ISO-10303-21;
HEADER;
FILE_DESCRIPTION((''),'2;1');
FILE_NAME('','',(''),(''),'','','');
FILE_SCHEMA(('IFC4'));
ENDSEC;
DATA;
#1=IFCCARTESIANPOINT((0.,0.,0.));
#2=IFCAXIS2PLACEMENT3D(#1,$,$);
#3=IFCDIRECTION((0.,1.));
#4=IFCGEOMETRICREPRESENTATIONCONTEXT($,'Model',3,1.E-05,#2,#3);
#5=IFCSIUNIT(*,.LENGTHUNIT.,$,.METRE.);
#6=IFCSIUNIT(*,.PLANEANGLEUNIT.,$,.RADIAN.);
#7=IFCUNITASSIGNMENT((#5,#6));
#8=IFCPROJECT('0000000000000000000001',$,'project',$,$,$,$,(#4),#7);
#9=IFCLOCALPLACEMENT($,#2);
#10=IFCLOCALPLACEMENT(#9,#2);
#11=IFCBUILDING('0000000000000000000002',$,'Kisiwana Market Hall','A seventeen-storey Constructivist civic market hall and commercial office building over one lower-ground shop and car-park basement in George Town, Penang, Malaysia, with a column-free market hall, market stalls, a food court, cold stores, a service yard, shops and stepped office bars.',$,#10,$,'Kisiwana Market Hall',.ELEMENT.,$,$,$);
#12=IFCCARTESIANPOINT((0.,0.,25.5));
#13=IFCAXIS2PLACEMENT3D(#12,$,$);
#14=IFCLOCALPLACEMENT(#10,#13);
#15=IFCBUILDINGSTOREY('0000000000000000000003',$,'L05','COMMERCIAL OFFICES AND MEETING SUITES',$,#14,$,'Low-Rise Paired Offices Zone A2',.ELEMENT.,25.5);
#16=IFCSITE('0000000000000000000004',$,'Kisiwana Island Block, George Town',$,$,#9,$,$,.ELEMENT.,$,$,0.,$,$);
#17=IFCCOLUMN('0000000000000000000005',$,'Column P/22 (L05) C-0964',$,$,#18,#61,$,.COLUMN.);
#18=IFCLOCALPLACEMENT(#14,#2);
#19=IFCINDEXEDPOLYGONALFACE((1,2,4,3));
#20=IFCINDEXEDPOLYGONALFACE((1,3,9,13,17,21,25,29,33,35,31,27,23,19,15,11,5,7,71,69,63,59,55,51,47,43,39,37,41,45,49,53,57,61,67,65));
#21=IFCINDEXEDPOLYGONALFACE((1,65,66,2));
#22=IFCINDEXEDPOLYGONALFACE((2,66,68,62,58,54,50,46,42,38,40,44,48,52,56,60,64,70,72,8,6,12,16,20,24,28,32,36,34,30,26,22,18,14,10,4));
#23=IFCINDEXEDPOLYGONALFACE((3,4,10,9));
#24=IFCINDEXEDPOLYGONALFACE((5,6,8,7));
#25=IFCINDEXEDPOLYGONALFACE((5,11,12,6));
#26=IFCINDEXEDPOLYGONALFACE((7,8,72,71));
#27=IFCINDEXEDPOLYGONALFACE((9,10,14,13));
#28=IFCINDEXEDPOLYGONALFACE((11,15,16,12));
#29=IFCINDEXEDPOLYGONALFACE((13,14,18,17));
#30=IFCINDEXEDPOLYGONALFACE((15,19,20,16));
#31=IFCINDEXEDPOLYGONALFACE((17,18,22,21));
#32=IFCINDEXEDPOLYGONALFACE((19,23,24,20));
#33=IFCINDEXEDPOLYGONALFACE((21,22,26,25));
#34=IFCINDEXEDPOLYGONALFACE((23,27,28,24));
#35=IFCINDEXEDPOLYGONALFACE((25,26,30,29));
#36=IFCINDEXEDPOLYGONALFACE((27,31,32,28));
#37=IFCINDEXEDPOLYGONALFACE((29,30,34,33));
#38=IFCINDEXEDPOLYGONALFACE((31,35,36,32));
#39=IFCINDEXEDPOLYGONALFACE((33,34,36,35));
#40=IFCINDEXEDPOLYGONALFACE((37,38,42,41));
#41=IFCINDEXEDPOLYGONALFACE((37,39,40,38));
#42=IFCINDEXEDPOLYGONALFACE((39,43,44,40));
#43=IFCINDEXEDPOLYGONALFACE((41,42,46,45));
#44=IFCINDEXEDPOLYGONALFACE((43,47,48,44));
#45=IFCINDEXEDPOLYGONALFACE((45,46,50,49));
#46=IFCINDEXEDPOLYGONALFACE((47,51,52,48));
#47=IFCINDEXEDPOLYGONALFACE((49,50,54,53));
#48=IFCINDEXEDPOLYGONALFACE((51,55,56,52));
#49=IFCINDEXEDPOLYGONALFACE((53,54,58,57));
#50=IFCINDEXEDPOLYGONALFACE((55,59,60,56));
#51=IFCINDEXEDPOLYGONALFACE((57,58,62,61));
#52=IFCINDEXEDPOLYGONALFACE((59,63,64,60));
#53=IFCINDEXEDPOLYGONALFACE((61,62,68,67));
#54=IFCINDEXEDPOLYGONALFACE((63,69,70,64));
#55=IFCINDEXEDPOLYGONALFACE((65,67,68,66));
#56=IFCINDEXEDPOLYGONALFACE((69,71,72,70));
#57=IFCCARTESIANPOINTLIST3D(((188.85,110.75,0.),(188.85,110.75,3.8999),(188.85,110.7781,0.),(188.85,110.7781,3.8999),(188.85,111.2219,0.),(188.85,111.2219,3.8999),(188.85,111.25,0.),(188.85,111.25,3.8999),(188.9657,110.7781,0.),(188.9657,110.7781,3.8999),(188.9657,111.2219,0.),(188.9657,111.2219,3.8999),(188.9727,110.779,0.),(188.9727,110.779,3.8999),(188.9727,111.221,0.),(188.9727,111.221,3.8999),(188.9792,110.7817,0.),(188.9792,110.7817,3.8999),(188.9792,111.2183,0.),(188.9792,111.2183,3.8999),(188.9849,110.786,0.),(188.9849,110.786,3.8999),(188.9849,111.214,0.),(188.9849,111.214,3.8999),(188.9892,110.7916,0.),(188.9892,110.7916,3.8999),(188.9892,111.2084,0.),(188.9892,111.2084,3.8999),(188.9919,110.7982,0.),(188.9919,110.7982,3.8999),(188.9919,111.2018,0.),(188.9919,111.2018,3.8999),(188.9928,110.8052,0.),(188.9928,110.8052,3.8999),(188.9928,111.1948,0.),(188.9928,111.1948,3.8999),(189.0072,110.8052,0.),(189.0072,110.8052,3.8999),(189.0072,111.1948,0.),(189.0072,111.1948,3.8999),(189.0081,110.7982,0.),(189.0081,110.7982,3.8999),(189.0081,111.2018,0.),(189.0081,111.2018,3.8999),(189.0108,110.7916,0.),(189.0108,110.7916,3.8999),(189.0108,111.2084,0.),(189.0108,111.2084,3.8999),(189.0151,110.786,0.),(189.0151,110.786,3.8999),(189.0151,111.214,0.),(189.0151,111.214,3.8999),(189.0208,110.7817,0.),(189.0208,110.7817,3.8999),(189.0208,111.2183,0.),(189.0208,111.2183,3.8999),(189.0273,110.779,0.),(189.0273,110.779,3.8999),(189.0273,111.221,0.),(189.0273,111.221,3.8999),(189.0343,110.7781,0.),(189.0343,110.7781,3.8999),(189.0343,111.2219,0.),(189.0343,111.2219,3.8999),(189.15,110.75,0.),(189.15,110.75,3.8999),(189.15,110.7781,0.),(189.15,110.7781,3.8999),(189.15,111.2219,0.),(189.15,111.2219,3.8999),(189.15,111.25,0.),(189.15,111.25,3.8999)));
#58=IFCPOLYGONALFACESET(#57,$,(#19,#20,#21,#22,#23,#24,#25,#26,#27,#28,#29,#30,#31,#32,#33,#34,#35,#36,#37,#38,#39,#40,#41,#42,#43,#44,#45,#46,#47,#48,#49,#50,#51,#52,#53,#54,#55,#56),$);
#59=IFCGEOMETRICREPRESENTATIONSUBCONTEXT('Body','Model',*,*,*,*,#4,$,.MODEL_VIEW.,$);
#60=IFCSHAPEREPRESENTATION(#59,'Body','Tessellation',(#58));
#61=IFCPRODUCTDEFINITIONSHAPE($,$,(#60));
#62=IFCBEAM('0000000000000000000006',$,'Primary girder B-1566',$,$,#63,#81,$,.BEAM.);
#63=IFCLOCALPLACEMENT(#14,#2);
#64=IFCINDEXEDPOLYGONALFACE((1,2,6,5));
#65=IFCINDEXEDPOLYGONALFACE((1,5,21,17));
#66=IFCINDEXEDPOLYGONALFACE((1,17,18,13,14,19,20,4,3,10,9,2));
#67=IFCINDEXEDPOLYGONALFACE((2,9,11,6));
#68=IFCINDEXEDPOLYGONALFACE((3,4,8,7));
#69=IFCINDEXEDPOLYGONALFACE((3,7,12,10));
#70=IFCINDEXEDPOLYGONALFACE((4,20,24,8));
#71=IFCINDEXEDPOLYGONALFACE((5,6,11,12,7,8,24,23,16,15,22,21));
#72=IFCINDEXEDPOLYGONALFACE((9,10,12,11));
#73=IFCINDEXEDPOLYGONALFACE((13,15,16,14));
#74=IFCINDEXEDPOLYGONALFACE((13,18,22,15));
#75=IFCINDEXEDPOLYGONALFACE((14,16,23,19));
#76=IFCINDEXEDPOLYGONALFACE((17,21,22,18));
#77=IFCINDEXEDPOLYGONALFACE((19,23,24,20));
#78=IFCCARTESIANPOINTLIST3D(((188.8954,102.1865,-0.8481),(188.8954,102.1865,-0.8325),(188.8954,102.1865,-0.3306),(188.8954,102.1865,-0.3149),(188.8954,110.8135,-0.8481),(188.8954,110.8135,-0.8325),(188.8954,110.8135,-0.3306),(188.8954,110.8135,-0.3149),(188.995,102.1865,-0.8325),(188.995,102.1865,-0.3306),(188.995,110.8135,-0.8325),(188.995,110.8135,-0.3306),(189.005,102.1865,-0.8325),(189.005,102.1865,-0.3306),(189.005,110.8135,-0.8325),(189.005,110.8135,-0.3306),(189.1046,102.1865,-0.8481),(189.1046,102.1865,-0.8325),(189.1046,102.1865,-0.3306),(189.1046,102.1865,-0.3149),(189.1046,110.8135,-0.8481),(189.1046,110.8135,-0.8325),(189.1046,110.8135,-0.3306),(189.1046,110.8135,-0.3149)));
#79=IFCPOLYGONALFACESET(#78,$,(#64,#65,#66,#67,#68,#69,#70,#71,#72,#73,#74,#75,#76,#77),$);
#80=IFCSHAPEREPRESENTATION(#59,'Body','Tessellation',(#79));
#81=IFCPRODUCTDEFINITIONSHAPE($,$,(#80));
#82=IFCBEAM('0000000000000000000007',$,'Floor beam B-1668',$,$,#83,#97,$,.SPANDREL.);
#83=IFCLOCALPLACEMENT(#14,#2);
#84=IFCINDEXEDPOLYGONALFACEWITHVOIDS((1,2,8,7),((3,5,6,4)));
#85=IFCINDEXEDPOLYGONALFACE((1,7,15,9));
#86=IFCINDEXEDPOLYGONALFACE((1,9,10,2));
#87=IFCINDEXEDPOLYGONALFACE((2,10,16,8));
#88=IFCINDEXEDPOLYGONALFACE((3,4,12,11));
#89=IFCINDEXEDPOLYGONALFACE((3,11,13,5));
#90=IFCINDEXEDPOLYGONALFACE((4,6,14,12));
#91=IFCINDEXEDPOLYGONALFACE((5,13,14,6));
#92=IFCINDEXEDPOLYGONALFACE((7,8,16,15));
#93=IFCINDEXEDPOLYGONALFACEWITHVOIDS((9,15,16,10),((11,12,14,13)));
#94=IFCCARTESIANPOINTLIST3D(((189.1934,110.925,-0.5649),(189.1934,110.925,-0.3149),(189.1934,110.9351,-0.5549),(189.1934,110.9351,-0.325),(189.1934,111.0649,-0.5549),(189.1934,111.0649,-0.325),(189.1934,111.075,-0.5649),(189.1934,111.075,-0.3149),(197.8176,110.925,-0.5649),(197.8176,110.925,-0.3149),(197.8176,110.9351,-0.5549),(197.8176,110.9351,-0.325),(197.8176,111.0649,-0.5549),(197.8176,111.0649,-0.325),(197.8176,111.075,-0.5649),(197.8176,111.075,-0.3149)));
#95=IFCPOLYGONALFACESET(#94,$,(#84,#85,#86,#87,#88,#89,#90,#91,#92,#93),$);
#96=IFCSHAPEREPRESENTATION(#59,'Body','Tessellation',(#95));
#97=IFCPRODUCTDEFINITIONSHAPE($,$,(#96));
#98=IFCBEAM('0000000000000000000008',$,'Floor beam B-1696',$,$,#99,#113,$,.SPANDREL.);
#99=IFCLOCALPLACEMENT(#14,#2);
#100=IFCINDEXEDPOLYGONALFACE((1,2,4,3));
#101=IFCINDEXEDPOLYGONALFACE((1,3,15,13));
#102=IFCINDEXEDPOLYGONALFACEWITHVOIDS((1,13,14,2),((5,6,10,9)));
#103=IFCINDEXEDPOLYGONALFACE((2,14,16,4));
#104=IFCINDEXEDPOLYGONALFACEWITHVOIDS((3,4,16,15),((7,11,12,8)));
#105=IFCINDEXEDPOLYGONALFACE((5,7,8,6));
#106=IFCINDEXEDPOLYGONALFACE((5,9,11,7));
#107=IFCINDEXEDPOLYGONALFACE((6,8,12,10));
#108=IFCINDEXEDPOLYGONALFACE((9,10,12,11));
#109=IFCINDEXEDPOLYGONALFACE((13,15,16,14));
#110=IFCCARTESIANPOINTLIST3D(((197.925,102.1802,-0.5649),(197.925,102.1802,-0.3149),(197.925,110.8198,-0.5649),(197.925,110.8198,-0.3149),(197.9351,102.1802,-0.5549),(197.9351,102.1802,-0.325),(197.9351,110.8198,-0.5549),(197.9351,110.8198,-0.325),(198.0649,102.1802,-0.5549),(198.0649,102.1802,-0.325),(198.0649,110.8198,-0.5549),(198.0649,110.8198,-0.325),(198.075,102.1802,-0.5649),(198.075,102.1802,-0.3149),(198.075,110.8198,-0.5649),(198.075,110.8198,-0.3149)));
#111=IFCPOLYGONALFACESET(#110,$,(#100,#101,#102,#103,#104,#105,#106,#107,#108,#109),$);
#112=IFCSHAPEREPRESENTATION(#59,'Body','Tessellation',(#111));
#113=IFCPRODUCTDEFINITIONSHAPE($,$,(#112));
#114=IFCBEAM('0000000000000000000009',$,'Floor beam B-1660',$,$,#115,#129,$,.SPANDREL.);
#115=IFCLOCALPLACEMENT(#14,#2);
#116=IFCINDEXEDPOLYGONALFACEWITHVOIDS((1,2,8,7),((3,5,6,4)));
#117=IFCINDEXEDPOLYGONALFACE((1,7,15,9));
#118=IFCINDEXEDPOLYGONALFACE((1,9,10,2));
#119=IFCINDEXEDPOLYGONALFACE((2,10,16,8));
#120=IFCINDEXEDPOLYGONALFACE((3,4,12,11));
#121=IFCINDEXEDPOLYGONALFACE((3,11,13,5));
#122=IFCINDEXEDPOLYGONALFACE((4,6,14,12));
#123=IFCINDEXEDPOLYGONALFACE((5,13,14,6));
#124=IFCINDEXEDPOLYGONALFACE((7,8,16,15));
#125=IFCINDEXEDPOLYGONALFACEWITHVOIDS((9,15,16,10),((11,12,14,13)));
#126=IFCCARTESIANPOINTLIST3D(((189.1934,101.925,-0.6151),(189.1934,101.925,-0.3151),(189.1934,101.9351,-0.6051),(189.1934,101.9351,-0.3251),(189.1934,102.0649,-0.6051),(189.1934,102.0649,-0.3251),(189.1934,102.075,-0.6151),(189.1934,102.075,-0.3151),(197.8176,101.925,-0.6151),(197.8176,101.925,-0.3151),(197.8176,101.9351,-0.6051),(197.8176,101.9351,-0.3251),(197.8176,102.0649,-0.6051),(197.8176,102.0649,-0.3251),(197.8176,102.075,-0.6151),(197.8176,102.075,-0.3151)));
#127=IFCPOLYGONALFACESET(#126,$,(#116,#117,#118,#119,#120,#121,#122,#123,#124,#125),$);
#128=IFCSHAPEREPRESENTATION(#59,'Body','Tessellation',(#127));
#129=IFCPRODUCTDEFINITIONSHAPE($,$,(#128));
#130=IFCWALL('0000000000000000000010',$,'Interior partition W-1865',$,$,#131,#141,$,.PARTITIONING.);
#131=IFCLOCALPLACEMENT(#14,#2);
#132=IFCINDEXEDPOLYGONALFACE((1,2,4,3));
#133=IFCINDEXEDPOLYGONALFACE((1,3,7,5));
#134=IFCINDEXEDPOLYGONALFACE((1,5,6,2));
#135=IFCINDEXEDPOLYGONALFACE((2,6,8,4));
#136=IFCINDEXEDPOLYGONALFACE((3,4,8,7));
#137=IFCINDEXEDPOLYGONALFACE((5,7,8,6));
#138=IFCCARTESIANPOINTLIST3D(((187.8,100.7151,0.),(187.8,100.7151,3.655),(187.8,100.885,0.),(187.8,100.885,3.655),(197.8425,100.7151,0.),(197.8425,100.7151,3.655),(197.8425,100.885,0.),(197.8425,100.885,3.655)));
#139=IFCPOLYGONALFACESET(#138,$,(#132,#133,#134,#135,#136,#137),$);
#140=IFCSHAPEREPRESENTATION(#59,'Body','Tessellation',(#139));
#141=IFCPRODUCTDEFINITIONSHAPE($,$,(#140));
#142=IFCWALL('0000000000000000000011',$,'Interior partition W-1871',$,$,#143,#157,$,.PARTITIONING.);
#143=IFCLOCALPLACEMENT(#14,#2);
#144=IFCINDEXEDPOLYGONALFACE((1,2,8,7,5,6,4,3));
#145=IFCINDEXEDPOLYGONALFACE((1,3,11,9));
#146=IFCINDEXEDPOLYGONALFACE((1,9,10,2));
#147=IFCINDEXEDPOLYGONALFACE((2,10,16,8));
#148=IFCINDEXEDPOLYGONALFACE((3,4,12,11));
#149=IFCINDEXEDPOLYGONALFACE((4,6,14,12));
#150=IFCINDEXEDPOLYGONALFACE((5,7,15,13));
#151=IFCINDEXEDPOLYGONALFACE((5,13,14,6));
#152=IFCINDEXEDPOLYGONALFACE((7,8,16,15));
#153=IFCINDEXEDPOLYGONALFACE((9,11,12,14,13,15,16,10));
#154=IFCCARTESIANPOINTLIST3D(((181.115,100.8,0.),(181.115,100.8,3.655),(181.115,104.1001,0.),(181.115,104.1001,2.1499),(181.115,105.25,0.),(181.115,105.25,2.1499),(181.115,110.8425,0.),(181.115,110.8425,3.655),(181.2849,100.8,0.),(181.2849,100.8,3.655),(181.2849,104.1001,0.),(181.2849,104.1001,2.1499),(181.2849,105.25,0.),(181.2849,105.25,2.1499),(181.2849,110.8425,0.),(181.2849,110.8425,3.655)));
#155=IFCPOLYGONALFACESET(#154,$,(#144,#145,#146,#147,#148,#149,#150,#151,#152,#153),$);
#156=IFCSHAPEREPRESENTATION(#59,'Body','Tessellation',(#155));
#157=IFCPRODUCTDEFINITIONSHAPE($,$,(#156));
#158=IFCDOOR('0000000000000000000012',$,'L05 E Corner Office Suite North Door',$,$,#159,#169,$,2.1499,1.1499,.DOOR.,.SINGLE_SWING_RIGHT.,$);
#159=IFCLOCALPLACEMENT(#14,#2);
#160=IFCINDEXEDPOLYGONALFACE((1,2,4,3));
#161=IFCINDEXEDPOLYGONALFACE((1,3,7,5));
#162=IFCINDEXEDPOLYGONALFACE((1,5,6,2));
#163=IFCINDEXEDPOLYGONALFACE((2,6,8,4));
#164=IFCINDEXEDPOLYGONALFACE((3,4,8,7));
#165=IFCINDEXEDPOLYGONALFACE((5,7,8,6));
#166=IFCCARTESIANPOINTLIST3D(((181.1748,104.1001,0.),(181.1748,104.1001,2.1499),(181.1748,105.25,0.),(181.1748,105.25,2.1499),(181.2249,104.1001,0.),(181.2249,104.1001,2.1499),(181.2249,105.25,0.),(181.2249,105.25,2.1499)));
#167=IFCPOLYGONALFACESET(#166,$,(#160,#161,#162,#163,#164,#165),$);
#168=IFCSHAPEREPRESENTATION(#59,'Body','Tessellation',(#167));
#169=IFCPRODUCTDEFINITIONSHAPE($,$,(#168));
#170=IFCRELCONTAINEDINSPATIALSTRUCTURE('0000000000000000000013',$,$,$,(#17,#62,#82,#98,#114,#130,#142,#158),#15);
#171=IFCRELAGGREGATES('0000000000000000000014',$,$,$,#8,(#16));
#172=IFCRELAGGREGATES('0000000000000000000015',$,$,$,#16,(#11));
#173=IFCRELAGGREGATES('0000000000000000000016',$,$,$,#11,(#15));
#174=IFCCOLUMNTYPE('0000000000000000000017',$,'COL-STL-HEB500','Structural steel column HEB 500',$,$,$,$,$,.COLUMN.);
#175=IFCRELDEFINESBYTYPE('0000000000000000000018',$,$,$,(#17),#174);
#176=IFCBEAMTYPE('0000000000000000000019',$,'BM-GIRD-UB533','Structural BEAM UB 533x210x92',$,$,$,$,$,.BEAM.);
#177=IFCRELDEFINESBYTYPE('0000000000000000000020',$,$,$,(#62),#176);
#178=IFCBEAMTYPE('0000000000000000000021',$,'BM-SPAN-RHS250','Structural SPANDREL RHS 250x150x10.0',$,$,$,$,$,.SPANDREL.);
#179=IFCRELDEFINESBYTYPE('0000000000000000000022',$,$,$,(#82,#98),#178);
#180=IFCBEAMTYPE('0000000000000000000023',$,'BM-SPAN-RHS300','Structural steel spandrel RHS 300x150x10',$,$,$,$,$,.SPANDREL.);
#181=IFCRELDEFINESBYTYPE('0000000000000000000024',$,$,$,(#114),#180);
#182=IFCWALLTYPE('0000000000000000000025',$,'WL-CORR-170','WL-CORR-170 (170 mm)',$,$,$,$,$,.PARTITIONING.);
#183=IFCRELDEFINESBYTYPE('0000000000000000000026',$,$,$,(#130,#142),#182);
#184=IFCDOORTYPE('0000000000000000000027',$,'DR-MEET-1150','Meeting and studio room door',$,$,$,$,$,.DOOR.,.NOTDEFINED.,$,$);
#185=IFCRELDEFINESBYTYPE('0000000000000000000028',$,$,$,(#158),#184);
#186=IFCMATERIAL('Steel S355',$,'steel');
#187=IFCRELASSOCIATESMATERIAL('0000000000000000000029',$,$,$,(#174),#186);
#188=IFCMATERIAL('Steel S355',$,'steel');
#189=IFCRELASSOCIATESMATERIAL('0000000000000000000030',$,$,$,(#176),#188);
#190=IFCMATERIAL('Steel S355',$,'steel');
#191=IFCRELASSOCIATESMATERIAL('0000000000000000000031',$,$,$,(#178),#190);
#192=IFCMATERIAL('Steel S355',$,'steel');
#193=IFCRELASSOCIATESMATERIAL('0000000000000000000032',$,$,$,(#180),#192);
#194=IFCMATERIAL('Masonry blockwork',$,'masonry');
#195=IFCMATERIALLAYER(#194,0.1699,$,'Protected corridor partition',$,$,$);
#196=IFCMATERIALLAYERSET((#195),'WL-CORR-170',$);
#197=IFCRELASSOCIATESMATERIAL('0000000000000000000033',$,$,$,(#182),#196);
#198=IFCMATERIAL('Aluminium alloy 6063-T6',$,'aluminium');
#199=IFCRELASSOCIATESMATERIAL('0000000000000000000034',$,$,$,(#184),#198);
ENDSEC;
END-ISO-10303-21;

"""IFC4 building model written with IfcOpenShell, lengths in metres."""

from ifc_helpers import new_model, si_unit, direction, frame, frame_2d, origin, origin_2d, place, context, subcontext, project, spatial, rectangle, hollow_rectangle, i_section, extrude, material, layer, layer_set, material_profile, profile_set, type_object, element, fill, save


model = new_model("IFC4")

# Units and contexts
model_context = context("Model", 3, precision=1e-05, world=origin(), true_north=direction((0.0, 1.0)))
body_context = subcontext(model_context, "Body", "Model", "MODEL_VIEW")
ifc_project = project(units=[si_unit("LENGTHUNIT", "METRE"), si_unit("PLANEANGLEUNIT", "RADIAN")], contexts=[model_context])

# Site, building, storey
site_placement = place(None, origin())
site = spatial("IfcSite", under=ifc_project, at=site_placement, Name="Kisiwana Island Block, George Town", CompositionType="ELEMENT", RefElevation=0.0)
building_placement = place(site_placement, origin())
building = spatial("IfcBuilding", under=site, at=building_placement, Name="Kisiwana Market Hall", Description="A seventeen-storey Constructivist civic market hall and commercial office building over one lower-ground shop and car-park basement in George Town, Penang, Malaysia, with a column-free market hall, market stalls, a food court, cold stores, a service yard, shops and stepped office bars.", LongName="Kisiwana Market Hall", CompositionType="ELEMENT")
storey_placement = place(building_placement, frame((0.0, 0.0, 25.5)))
storey = spatial("IfcBuildingStorey", under=building, at=storey_placement, Name="L05", Description="COMMERCIAL OFFICES AND MEETING SUITES", LongName="Low-Rise Paired Offices Zone A2", CompositionType="ELEMENT", Elevation=25.5)

# Column
ifc_material_1 = material(Name="Steel S355", Category="steel")
ifc_material_profile_1 = material_profile(ifc_material_1, i_section(OverallWidth=0.3, OverallDepth=0.5, WebThickness=0.0144, FlangeThickness=0.0281, FilletRadius=0.0271, at=origin_2d()), Name="HEB 500")
ifc_profile_set_1 = profile_set([ifc_material_profile_1], Name="Steel S355")
column_type_1 = type_object("IfcColumnType", Name="COL-STL-HEB500", Description="Structural steel column HEB 500", PredefinedType="COLUMN", material=ifc_profile_set_1)
for number, where, z_axis, x_axis, name in (
    (1, (189.0, 111.0, 0.0), (0.0, 0.0, 1.0), (1.0, 0.0, 0.0), "Column P/22 (L05) C-0964"),
):
    element("IfcColumn", number, at=place(storey_placement, frame(where, z_axis=z_axis, x_axis=x_axis)), inside=storey, type_object=column_type_1, Name=name, PredefinedType="COLUMN", context=body_context, shape_type="SweptSolid", body=[
        extrude(i_section(OverallWidth=0.3, OverallDepth=0.5, WebThickness=0.0144, FlangeThickness=0.0281, FilletRadius=0.0271, at=origin_2d()), origin(), (0.0, 0.0, 1.0), 3.8999),
    ])

# Beams
ifc_material_2 = material(Name="Steel S355", Category="steel")
ifc_material_profile_2 = material_profile(ifc_material_2, i_section(OverallWidth=0.2092, OverallDepth=0.5332, WebThickness=0.01, FlangeThickness=0.0156, at=origin_2d()), Name="UB 533x210x92")
ifc_profile_set_2 = profile_set([ifc_material_profile_2], Name="Steel S355")
beam_type_1 = type_object("IfcBeamType", Name="BM-GIRD-UB533", Description="Structural BEAM UB 533x210x92", PredefinedType="BEAM", material=ifc_profile_set_2)
beam_1_placement = place(storey_placement, frame((189.0, 102.1865, -0.5815), z_axis=(0.0, 1.0, 0.0), x_axis=(-1.0, 0.0, 0.0)))
element("IfcBeam", 2, at=beam_1_placement, inside=storey, type_object=beam_type_1, Name="Primary girder B-1566", PredefinedType="BEAM", context=body_context, shape_type="SweptSolid", body=[
    extrude(i_section(OverallWidth=0.2092, OverallDepth=0.5332, WebThickness=0.01, FlangeThickness=0.0156, at=origin_2d()), origin(), (0.0, 0.0, 1.0), 8.627),
])
ifc_material_3 = material(Name="Steel S355", Category="steel")
ifc_material_profile_3 = material_profile(ifc_material_3, hollow_rectangle(XDim=0.1499, YDim=0.25, WallThickness=0.01, at=origin_2d()), Name="RHS 250x150x10.0")
ifc_profile_set_3 = profile_set([ifc_material_profile_3], Name="Steel S355")
beam_type_2 = type_object("IfcBeamType", Name="BM-SPAN-RHS250", Description="Structural SPANDREL RHS 250x150x10.0", PredefinedType="SPANDREL", material=ifc_profile_set_3)
beam_2_placement = place(storey_placement, frame((189.1934, 111.0, -0.4399), z_axis=(1.0, 0.0, 0.0), x_axis=(0.0, 1.0, 0.0)))
element("IfcBeam", 3, at=beam_2_placement, inside=storey, type_object=beam_type_2, Name="Floor beam B-1668", PredefinedType="SPANDREL", context=body_context, shape_type="SweptSolid", body=[
    extrude(hollow_rectangle(XDim=0.1499, YDim=0.25, WallThickness=0.01, at=origin_2d()), origin(), (0.0, 0.0, 1.0), 8.6243),
])
beam_3_placement = place(storey_placement, frame((198.0, 102.1802, -0.4399), z_axis=(0.0, 1.0, 0.0), x_axis=(-1.0, 0.0, 0.0)))
element("IfcBeam", 4, at=beam_3_placement, inside=storey, type_object=beam_type_2, Name="Floor beam B-1696", PredefinedType="SPANDREL", context=body_context, shape_type="SweptSolid", body=[
    extrude(hollow_rectangle(XDim=0.1499, YDim=0.25, WallThickness=0.01, at=origin_2d()), origin(), (0.0, 0.0, 1.0), 8.6396),
])
ifc_material_4 = material(Name="Steel S355", Category="steel")
ifc_material_profile_4 = material_profile(ifc_material_4, hollow_rectangle(XDim=0.1499, YDim=0.3, WallThickness=0.01, at=origin_2d()), Name="RHS 300x150x10")
ifc_profile_set_4 = profile_set([ifc_material_profile_4], Name="Steel S355")
beam_type_3 = type_object("IfcBeamType", Name="BM-SPAN-RHS300", Description="Structural steel spandrel RHS 300x150x10", PredefinedType="SPANDREL", material=ifc_profile_set_4)
beam_4_placement = place(storey_placement, frame((189.1934, 102.0, -0.4651), z_axis=(1.0, 0.0, 0.0), x_axis=(0.0, 1.0, 0.0)))
element("IfcBeam", 5, at=beam_4_placement, inside=storey, type_object=beam_type_3, Name="Floor beam B-1660", PredefinedType="SPANDREL", context=body_context, shape_type="SweptSolid", body=[
    extrude(hollow_rectangle(XDim=0.1499, YDim=0.3, WallThickness=0.01, at=origin_2d()), origin(), (0.0, 0.0, 1.0), 8.6243),
])

# Wall
ifc_material_5 = material(Name="Masonry blockwork", Category="masonry")
ifc_layer_1 = layer(ifc_material_5, 0.1699, Name="Protected corridor partition")
ifc_layer_set_1 = layer_set([ifc_layer_1], Name="WL-CORR-170")
wall_type_1 = type_object("IfcWallType", Name="WL-CORR-170", Description="WL-CORR-170 (170 mm)", PredefinedType="PARTITIONING", material=ifc_layer_set_1)
wall_1_placement = place(storey_placement, frame((187.8, 100.8, 0.0), z_axis=(0.0, 0.0, 1.0), x_axis=(1.0, 0.0, 0.0)))
element("IfcWall", 6, at=wall_1_placement, inside=storey, type_object=wall_type_1, Name="Interior partition W-1865", PredefinedType="PARTITIONING", context=body_context, shape_type="SweptSolid", body=[
    extrude(rectangle(XDim=10.0425, YDim=0.1699, at=frame_2d((5.0212, 0.0))), origin(), (0.0, 0.0, 1.0), 3.655),
])

# Wall, opening, door
wall_2_placement = place(storey_placement, frame((181.2, 100.8, 0.0), z_axis=(0.0, 0.0, 1.0), x_axis=(0.0, 1.0, 0.0)))
wall_2 = element("IfcWall", 7, at=wall_2_placement, inside=storey, type_object=wall_type_1, Name="Interior partition W-1871", PredefinedType="PARTITIONING", context=body_context, shape_type="SweptSolid", body=[
    extrude(rectangle(XDim=10.0425, YDim=0.1699, at=frame_2d((5.0212, 0.0))), origin(), (0.0, 0.0, 1.0), 3.655),
])
opening_1_placement = place(wall_2_placement, frame((3.3, 0.0, 0.0)))
opening_1 = element("IfcOpeningElement", 8, at=opening_1_placement, cuts=wall_2, PredefinedType="OPENING", context=body_context, shape_type="SweptSolid", body=[
    extrude(rectangle(XDim=1.1499, YDim=2.1499, at=frame_2d((0.575, 1.075))), frame((0.0, 0.0969, 0.0), z_axis=(0.0, -1.0, 0.0), x_axis=(1.0, 0.0, 0.0)), (0.0, 0.0, 1.0), 0.1938),
])
ifc_material_6 = material(Name="Aluminium alloy 6063-T6", Category="aluminium")
door_type = type_object("IfcDoorType", Name="DR-MEET-1150", Description="Meeting and studio room door", OperationType="NOTDEFINED", PredefinedType="DOOR", material=ifc_material_6)
door_placement = place(opening_1_placement, frame((1.1499, 0.0, 0.0), z_axis=(0.0, 0.0, 1.0), x_axis=(-1.0, 0.0, 0.0)))
door = element("IfcDoor", 9, at=door_placement, inside=storey, type_object=door_type, Name="L05 E Corner Office Suite North Door", OperationType="SINGLE_SWING_RIGHT", OverallHeight=2.1499, OverallWidth=1.1499, PredefinedType="DOOR", context=body_context, shape_type="SweptSolid", body=[
    extrude(rectangle(XDim=1.1499, YDim=2.1499, at=frame_2d((0.575, 1.075))), frame((0.0, 0.0249, 0.0), z_axis=(0.0, -1.0, 0.0), x_axis=(1.0, 0.0, 0.0)), (0.0, 0.0, 1.0), 0.05),
])
fill(opening_1, door)

save(model, "model.ifc")
